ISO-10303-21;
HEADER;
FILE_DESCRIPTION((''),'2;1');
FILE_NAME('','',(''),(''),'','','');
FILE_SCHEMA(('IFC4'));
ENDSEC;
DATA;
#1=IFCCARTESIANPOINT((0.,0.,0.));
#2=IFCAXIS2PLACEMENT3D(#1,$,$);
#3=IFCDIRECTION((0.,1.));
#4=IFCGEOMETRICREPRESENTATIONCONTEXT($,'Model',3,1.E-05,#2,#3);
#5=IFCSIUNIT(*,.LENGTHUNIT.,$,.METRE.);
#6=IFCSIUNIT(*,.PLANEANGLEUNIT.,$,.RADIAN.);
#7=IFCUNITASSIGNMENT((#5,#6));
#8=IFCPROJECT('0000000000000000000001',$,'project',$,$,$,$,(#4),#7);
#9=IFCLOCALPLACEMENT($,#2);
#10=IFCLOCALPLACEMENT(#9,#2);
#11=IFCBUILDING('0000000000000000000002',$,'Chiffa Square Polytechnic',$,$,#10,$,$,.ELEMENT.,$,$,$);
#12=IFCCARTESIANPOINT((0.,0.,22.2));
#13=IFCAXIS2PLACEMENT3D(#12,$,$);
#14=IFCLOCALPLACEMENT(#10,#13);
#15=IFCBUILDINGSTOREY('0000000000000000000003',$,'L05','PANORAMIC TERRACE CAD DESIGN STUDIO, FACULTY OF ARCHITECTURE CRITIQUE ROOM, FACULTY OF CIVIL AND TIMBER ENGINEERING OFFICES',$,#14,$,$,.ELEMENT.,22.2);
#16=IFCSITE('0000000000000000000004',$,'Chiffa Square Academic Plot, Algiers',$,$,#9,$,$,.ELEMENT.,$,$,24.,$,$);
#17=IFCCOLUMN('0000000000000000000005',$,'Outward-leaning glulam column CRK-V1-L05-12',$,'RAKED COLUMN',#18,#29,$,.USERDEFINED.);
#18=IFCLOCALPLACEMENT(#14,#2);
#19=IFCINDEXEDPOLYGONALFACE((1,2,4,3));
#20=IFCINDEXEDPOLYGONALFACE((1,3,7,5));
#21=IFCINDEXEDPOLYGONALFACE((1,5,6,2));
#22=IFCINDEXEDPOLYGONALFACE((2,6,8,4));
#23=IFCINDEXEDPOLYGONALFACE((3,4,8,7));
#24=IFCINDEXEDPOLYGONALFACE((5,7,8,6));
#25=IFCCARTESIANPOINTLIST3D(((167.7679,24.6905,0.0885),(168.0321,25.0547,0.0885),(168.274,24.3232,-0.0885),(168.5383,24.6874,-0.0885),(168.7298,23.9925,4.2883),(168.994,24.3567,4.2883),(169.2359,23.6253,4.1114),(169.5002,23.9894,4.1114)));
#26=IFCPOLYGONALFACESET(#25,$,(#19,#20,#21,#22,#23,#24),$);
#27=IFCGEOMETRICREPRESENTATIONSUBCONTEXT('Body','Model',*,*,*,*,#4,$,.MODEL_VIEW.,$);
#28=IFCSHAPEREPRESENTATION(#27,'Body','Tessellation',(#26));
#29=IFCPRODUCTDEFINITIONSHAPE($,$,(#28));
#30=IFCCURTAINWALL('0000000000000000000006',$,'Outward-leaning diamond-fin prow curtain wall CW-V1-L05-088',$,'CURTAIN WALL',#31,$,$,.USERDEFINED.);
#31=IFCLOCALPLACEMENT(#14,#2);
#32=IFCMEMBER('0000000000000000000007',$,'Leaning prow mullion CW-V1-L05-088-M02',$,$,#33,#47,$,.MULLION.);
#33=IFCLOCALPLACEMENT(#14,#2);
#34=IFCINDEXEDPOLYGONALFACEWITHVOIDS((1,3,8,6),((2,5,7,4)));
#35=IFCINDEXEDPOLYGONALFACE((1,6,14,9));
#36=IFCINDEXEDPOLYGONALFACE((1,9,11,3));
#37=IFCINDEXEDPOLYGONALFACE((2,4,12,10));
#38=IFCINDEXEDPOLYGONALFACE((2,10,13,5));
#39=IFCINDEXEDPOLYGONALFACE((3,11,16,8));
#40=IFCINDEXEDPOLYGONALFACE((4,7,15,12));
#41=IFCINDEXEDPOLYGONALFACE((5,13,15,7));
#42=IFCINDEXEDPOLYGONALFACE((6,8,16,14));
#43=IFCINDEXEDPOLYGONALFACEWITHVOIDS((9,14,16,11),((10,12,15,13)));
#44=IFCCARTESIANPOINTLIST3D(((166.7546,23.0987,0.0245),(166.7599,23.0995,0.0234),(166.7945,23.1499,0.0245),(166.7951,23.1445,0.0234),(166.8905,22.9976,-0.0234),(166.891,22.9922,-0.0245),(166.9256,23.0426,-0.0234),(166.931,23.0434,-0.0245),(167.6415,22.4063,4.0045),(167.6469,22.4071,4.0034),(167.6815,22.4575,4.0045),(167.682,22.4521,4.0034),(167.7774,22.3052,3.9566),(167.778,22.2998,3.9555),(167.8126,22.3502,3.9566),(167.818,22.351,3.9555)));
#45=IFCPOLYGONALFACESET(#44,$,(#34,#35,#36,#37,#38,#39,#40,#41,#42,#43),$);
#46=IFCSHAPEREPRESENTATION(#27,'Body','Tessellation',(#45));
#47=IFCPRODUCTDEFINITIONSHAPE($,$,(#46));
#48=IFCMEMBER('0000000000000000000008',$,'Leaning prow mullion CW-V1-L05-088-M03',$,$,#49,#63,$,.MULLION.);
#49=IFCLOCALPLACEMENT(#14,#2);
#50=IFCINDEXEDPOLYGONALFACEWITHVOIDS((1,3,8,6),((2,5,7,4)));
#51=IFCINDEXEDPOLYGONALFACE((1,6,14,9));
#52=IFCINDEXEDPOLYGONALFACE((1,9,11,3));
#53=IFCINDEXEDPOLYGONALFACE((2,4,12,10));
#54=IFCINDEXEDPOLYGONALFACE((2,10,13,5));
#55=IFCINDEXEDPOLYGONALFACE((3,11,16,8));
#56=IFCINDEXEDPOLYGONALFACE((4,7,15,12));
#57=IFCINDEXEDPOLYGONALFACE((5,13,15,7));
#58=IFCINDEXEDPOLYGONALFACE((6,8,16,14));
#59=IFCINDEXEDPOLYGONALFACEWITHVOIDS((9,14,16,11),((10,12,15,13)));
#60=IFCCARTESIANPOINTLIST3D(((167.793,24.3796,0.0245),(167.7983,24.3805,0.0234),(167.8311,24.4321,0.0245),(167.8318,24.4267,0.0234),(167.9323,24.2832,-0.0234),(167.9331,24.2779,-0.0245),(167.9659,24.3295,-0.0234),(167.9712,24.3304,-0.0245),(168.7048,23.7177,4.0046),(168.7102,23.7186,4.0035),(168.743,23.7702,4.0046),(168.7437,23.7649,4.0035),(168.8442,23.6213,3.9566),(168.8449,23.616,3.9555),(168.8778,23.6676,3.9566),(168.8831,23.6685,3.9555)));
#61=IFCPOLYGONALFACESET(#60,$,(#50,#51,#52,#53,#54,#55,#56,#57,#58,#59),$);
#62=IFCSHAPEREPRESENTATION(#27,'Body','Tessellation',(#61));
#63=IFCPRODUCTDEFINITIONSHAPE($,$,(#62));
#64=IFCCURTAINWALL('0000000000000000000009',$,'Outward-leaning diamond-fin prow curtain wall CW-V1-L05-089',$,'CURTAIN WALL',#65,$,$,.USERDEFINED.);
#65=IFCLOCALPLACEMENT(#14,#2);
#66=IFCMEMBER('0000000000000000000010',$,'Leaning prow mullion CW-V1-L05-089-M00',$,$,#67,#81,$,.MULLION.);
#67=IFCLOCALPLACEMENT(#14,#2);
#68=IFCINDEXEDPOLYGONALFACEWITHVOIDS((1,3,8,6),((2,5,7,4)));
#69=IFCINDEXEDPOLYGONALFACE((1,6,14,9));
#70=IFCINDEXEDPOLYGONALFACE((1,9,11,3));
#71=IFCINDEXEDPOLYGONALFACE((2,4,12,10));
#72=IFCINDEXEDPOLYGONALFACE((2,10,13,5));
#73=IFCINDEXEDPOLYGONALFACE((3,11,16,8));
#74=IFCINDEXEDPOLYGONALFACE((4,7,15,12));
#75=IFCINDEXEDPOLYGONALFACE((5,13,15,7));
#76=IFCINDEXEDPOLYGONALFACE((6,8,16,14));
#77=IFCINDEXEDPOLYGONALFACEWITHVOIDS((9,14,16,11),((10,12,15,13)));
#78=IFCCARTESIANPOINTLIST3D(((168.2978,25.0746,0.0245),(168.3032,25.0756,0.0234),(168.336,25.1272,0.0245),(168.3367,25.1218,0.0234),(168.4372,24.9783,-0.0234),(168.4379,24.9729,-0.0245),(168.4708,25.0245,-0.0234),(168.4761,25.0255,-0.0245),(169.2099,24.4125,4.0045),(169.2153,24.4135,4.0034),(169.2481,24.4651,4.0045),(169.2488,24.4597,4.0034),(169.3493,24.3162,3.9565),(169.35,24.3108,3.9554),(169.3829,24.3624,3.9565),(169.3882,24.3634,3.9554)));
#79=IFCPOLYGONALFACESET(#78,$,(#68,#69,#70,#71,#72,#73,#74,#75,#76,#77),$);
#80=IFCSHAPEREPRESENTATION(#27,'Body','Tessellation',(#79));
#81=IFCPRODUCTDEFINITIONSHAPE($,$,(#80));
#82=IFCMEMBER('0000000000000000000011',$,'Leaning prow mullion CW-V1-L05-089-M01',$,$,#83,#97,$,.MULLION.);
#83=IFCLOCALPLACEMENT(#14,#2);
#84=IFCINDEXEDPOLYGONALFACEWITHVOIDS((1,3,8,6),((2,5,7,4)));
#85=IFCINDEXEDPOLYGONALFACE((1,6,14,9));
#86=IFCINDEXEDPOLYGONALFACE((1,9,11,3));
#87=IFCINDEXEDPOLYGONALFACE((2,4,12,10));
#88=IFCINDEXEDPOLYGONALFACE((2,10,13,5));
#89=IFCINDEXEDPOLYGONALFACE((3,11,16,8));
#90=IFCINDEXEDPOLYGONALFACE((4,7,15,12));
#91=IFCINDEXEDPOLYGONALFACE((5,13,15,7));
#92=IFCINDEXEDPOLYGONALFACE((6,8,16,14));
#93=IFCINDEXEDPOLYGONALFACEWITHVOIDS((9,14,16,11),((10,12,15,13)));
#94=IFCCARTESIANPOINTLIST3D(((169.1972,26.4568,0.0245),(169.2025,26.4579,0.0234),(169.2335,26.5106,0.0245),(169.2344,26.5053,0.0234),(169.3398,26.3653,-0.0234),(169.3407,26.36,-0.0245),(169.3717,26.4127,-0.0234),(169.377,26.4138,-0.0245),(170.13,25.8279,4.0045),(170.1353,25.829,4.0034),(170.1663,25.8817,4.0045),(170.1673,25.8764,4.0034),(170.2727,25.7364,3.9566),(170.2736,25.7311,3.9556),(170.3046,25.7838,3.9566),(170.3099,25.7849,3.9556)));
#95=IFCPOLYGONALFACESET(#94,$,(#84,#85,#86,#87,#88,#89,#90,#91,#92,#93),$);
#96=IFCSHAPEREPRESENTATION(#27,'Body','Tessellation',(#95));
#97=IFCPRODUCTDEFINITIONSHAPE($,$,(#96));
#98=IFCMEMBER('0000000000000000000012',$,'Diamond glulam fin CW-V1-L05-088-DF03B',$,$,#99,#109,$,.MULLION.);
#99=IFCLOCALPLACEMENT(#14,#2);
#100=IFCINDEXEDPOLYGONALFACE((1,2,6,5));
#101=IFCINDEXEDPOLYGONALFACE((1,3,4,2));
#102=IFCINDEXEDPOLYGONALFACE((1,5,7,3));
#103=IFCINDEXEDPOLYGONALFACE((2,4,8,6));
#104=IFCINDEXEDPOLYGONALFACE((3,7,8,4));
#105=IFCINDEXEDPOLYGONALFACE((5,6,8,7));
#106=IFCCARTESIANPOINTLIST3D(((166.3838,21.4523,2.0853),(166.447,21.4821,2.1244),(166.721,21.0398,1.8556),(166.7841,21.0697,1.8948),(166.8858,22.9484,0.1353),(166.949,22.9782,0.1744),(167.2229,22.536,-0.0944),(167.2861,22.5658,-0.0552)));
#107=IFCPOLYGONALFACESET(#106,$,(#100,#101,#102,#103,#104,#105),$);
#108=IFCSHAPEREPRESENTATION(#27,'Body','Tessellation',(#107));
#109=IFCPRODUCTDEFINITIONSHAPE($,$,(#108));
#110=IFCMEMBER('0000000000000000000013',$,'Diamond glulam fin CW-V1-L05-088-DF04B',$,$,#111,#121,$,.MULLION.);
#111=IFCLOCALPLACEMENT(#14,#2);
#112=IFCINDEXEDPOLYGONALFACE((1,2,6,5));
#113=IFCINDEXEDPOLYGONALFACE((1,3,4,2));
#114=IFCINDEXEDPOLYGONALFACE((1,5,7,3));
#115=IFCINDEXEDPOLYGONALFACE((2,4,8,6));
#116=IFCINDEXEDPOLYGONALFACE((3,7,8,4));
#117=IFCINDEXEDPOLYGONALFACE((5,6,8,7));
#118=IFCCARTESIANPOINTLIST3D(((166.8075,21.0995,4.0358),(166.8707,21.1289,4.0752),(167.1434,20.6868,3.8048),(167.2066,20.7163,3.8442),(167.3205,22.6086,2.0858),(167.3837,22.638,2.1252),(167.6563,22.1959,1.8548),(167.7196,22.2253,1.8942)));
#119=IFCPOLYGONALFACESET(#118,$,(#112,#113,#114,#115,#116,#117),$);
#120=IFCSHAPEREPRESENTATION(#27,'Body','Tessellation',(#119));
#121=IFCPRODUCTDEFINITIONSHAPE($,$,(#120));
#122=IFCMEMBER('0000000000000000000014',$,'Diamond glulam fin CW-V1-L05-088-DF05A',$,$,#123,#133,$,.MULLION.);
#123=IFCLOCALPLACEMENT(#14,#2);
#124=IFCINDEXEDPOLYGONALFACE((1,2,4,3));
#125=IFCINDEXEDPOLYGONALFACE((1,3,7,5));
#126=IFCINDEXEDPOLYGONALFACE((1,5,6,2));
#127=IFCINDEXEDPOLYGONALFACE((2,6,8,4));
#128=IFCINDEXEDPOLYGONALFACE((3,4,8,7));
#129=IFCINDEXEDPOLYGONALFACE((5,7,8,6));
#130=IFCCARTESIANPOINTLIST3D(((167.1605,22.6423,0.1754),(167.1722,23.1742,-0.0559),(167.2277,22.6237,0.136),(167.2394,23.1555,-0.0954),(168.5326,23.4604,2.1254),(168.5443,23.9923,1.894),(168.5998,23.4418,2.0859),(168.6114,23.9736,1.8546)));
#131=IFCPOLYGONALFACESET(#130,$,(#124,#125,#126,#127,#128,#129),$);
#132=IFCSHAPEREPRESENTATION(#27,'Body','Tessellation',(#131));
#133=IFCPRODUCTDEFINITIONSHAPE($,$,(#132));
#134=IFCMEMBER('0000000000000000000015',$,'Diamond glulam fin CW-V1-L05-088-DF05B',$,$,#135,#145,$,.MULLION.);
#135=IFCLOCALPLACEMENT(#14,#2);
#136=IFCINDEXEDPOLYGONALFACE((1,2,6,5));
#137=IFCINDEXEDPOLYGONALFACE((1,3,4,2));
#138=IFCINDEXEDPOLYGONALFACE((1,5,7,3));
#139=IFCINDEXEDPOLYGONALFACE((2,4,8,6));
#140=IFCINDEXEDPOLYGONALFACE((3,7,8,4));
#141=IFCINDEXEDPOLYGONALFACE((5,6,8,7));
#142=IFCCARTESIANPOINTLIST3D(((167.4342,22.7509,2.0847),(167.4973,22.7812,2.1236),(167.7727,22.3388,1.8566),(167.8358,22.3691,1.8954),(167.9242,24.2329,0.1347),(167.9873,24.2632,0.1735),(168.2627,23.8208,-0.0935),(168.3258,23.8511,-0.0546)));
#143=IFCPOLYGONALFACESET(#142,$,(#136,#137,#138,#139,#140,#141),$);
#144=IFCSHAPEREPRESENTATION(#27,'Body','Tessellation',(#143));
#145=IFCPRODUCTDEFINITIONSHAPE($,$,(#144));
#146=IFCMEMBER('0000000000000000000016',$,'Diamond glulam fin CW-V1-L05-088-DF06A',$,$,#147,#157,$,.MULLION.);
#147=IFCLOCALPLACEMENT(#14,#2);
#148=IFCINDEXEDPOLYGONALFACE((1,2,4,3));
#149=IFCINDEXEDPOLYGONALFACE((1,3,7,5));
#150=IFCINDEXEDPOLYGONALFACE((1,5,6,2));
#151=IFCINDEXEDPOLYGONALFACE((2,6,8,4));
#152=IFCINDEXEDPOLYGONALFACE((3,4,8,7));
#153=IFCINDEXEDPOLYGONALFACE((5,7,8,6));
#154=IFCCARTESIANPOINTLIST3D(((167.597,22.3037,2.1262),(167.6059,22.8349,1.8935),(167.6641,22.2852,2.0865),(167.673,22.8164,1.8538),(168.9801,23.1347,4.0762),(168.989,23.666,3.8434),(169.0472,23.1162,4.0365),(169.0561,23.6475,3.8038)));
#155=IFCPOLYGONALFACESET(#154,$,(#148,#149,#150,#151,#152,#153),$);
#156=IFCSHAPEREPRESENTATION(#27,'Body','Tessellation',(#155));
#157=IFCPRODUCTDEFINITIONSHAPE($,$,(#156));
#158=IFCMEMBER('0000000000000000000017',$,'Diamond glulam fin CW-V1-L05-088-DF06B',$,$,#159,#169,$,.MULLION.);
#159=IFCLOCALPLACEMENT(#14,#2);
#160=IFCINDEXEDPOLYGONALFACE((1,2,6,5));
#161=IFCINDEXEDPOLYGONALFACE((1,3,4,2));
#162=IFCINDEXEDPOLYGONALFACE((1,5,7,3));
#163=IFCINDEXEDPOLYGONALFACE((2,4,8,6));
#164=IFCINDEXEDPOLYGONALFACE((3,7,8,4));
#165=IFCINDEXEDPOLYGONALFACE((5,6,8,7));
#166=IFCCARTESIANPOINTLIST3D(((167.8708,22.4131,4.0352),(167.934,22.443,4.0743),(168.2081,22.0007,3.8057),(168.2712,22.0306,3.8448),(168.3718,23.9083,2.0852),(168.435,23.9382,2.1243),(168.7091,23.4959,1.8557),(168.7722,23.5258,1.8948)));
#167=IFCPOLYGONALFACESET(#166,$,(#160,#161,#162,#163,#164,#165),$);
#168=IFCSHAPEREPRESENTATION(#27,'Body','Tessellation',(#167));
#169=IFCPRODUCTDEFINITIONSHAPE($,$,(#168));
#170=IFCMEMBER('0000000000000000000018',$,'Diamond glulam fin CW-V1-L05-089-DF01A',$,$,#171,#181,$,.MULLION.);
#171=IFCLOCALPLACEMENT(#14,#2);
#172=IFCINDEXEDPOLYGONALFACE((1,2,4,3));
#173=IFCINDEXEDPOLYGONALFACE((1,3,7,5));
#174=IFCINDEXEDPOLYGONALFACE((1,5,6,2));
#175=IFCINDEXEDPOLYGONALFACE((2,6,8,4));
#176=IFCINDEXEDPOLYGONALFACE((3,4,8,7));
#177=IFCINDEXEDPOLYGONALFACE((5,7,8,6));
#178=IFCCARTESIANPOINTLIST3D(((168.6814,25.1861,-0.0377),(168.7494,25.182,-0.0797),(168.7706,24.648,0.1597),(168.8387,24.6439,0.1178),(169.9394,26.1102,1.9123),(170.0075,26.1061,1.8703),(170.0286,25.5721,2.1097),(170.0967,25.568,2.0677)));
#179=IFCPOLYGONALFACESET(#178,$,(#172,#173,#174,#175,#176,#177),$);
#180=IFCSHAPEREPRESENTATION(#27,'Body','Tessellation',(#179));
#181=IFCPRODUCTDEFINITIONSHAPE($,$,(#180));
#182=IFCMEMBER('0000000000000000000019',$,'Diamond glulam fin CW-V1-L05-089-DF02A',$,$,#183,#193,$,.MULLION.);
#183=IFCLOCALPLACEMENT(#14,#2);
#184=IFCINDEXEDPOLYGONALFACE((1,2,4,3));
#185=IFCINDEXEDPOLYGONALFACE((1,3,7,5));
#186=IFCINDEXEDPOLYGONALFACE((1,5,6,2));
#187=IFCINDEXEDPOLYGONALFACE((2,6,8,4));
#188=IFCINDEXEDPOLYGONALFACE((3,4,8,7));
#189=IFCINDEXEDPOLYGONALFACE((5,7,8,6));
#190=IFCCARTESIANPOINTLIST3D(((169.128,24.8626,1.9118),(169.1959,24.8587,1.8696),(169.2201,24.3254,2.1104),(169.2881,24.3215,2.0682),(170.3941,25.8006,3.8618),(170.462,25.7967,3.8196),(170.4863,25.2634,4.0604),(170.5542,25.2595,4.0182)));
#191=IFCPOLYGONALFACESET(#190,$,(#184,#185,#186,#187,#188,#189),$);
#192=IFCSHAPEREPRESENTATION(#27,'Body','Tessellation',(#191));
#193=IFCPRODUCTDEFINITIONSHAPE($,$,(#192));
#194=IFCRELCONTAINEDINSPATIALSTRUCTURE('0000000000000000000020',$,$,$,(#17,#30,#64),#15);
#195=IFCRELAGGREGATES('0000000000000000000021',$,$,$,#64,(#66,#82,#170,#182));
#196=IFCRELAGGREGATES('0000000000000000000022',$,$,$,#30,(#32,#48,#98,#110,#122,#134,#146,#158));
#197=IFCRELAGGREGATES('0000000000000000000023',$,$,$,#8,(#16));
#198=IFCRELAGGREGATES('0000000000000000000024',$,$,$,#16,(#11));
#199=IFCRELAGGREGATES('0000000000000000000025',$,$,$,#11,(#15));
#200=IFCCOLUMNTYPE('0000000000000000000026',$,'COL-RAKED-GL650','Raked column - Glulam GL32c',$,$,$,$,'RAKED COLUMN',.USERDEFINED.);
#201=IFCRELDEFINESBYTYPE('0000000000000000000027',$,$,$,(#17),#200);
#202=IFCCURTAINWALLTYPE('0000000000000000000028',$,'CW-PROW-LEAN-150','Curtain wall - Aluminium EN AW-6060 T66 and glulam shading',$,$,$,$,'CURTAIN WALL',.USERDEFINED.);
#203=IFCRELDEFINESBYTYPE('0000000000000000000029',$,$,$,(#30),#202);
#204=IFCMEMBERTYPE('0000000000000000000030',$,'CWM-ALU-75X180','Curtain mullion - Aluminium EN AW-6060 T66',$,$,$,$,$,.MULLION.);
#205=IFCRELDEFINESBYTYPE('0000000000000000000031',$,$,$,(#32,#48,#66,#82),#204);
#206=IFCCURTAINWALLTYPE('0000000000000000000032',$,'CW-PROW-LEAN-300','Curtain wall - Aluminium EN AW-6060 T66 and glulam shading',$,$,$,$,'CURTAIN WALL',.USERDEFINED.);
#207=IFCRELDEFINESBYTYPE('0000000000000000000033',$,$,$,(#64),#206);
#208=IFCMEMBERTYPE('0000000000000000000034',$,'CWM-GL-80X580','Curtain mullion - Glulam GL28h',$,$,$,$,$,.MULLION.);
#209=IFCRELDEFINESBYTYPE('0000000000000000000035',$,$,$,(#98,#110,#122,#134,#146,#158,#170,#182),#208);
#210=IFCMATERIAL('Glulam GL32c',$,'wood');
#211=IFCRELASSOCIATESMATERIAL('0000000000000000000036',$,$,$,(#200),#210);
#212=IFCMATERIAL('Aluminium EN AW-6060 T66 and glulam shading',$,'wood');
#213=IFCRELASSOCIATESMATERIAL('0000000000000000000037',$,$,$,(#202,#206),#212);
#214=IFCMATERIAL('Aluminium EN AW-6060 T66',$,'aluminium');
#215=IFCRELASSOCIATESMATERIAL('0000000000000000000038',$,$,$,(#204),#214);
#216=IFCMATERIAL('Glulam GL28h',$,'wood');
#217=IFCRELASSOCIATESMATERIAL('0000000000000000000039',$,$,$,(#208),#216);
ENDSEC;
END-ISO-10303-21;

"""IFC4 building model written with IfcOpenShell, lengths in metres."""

from ifc_helpers import new_model, si_unit, direction, frame, origin, origin_2d, place, context, subcontext, project, spatial, rectangle, hollow_rectangle, extrude, material, material_profile, profile_set, type_object, element, aggregate, save


model = new_model("IFC4")

# Units and contexts
model_context = context("Model", 3, precision=1e-05, world=origin(), true_north=direction((0.0, 1.0)))
body_context = subcontext(model_context, "Body", "Model", "MODEL_VIEW")
ifc_project = project(units=[si_unit("LENGTHUNIT", "METRE"), si_unit("PLANEANGLEUNIT", "RADIAN")], contexts=[model_context])

# Site, building, storey
site_placement = place(None, origin())
site = spatial("IfcSite", under=ifc_project, at=site_placement, Name="Chiffa Square Academic Plot, Algiers", CompositionType="ELEMENT", RefElevation=24.0)
building_placement = place(site_placement, origin())
building = spatial("IfcBuilding", under=site, at=building_placement, Name="Chiffa Square Polytechnic", CompositionType="ELEMENT")
storey_placement = place(building_placement, frame((0.0, 0.0, 22.2)))
storey = spatial("IfcBuildingStorey", under=building, at=storey_placement, Name="L05", Description="PANORAMIC TERRACE CAD DESIGN STUDIO, FACULTY OF ARCHITECTURE CRITIQUE ROOM, FACULTY OF CIVIL AND TIMBER ENGINEERING OFFICES", CompositionType="ELEMENT", Elevation=22.2)

# Column
ifc_material_1 = material(Name="Glulam GL32c", Category="wood")
ifc_material_profile_1 = material_profile(ifc_material_1, rectangle(XDim=0.45, YDim=0.6499, at=origin_2d()), Name="GL32c 450x650")
ifc_profile_set_1 = profile_set([ifc_material_profile_1], Name="Glulam GL32c")
column_type = type_object("IfcColumnType", Name="COL-RAKED-GL650", Description="Raked column - Glulam GL32c", ElementType="RAKED COLUMN", PredefinedType="USERDEFINED", material=ifc_profile_set_1)
column_placement = place(storey_placement, frame((168.1531, 24.689, 0.0), z_axis=(0.220376, -0.159913, 0.962217), x_axis=(0.587304, 0.809366, 0.0)))
element("IfcColumn", 1, at=column_placement, inside=storey, type_object=column_type, Name="Outward-leaning glulam column CRK-V1-L05-12", ObjectType="RAKED COLUMN", PredefinedType="USERDEFINED", context=body_context, shape_type="SweptSolid", body=[
    extrude(rectangle(XDim=0.45, YDim=0.6499, at=origin_2d()), origin(), (0.0, 0.0, 1.0), 4.3647),
])

# Curtain walls, members
ifc_material_2 = material(Name="Aluminium EN AW-6060 T66 and glulam shading", Category="wood")
curtain_wall_type_1 = type_object("IfcCurtainWallType", Name="CW-PROW-LEAN-150", Description="Curtain wall - Aluminium EN AW-6060 T66 and glulam shading", ElementType="CURTAIN WALL", PredefinedType="USERDEFINED", material=ifc_material_2)
curtain_wall_1_placement = place(storey_placement, origin())
curtain_wall_1 = element("IfcCurtainWall", 2, at=curtain_wall_1_placement, inside=storey, type_object=curtain_wall_type_1, Name="Outward-leaning diamond-fin prow curtain wall CW-V1-L05-088", ObjectType="CURTAIN WALL", PredefinedType="USERDEFINED")
ifc_material_3 = material(Name="Aluminium EN AW-6060 T66", Category="aluminium")
ifc_material_profile_2 = material_profile(ifc_material_3, hollow_rectangle(XDim=0.0649, YDim=0.1799, WallThickness=0.0039, at=origin_2d()), Name="ALU 65x180x4")
ifc_profile_set_2 = profile_set([ifc_material_profile_2], Name="Aluminium EN AW-6060 T66")
member_type_1 = type_object("IfcMemberType", Name="CWM-ALU-75X180", Description="Curtain mullion - Aluminium EN AW-6060 T66", PredefinedType="MULLION", material=ifc_profile_set_2)
member_1_placement = place(storey_placement, frame((166.8428, 23.071, 0.0), z_axis=(0.21445, -0.167405, 0.962282), x_axis=(0.615337, 0.788264, 0.0)))
member_1 = element("IfcMember", 3, at=member_1_placement, type_object=member_type_1, Name="Leaning prow mullion CW-V1-L05-088-M02", PredefinedType="MULLION", context=body_context, shape_type="SweptSolid", body=[
    extrude(hollow_rectangle(XDim=0.0649, YDim=0.1799, WallThickness=0.0039, at=origin_2d()), origin(), (0.0, 0.0, 1.0), 4.136),
])
member_2_placement = place(storey_placement, frame((167.8821, 24.355, 0.0), z_axis=(0.220449, -0.16001, 0.962185), x_axis=(0.587411, 0.809289, 0.0)))
member_2 = element("IfcMember", 4, at=member_2_placement, type_object=member_type_1, Name="Leaning prow mullion CW-V1-L05-088-M03", PredefinedType="MULLION", context=body_context, shape_type="SweptSolid", body=[
    extrude(hollow_rectangle(XDim=0.0649, YDim=0.1799, WallThickness=0.0039, at=origin_2d()), origin(), (0.0, 0.0, 1.0), 4.1365),
])
curtain_wall_type_2 = type_object("IfcCurtainWallType", Name="CW-PROW-LEAN-300", Description="Curtain wall - Aluminium EN AW-6060 T66 and glulam shading", ElementType="CURTAIN WALL", PredefinedType="USERDEFINED", material=ifc_material_2)
curtain_wall_2_placement = place(storey_placement, origin())
curtain_wall_2 = element("IfcCurtainWall", 5, at=curtain_wall_2_placement, inside=storey, type_object=curtain_wall_type_2, Name="Outward-leaning diamond-fin prow curtain wall CW-V1-L05-089", ObjectType="CURTAIN WALL", PredefinedType="USERDEFINED")
member_3_placement = place(storey_placement, frame((168.387, 25.05, 0.0), z_axis=(0.220503, -0.160065, 0.962163), x_axis=(0.58745, 0.80926, 0.0)))
member_3 = element("IfcMember", 6, at=member_3_placement, type_object=member_type_1, Name="Leaning prow mullion CW-V1-L05-089-M00", PredefinedType="MULLION", context=body_context, shape_type="SweptSolid", body=[
    extrude(hollow_rectangle(XDim=0.0649, YDim=0.1799, WallThickness=0.0039, at=origin_2d()), origin(), (0.0, 0.0, 1.0), 4.1365),
])
member_4_placement = place(storey_placement, frame((169.2871, 26.4353, 0.0), z_axis=(0.22555, -0.152059, 0.962292), x_axis=(0.558999, 0.829168, 0.0)))
member_4 = element("IfcMember", 7, at=member_4_placement, type_object=member_type_1, Name="Leaning prow mullion CW-V1-L05-089-M01", PredefinedType="MULLION", context=body_context, shape_type="SweptSolid", body=[
    extrude(hollow_rectangle(XDim=0.0649, YDim=0.1799, WallThickness=0.0039, at=origin_2d()), origin(), (0.0, 0.0, 1.0), 4.136),
])

# Members
ifc_material_4 = material(Name="Glulam GL28h", Category="wood")
ifc_material_profile_3 = material_profile(ifc_material_4, rectangle(XDim=0.0801, YDim=0.5801, at=origin_2d()), Name="GL28h 80x580")
ifc_profile_set_3 = profile_set([ifc_material_profile_3], Name="Glulam GL28h")
member_type_2 = type_object("IfcMemberType", Name="CWM-GL-80X580", Description="Curtain mullion - Glulam GL28h", PredefinedType="MULLION", material=ifc_profile_set_3)
member_5_placement = place(storey_placement, frame((167.0859, 22.7571, 0.04), z_axis=(-0.200101, -0.59641, 0.777338), x_axis=(0.788791, 0.372553, 0.488889)))
member_5 = element("IfcMember", 8, at=member_5_placement, type_object=member_type_2, Name="Diamond glulam fin CW-V1-L05-088-DF03B", PredefinedType="MULLION", context=body_context, shape_type="SweptSolid", body=[
    extrude(rectangle(XDim=0.0801, YDim=0.5801, at=origin_2d()), origin(), (0.0, 0.0, 1.0), 2.5085),
])
member_6_placement = place(storey_placement, frame((167.52, 22.417, 1.99), z_axis=(-0.203673, -0.599191, 0.774266), x_axis=(0.789489, 0.367172, 0.491825)))
member_6 = element("IfcMember", 9, at=member_6_placement, type_object=member_type_2, Name="Diamond glulam fin CW-V1-L05-088-DF04B", PredefinedType="MULLION", context=body_context, shape_type="SweptSolid", body=[
    extrude(rectangle(XDim=0.0801, YDim=0.5801, at=origin_2d()), origin(), (0.0, 0.0, 1.0), 2.5186),
])
member_7_placement = place(storey_placement, frame((167.2, 22.8989, 0.04), z_axis=(0.54431, 0.324552, 0.773559), x_axis=(-0.838643, 0.232648, 0.492496)))
member_7 = element("IfcMember", 10, at=member_7_placement, type_object=member_type_2, Name="Diamond glulam fin CW-V1-L05-088-DF05A", PredefinedType="MULLION", context=body_context, shape_type="SweptSolid", body=[
    extrude(rectangle(XDim=0.0801, YDim=0.5801, at=origin_2d()), origin(), (0.0, 0.0, 1.0), 2.5208),
])
member_8_placement = place(storey_placement, frame((168.125, 24.042, 0.04), z_axis=(-0.196176, -0.593318, 0.780697), x_axis=(0.787971, 0.378483, 0.485646)))
member_8 = element("IfcMember", 11, at=member_8_placement, type_object=member_type_2, Name="Diamond glulam fin CW-V1-L05-088-DF05B", PredefinedType="MULLION", context=body_context, shape_type="SweptSolid", body=[
    extrude(rectangle(XDim=0.0801, YDim=0.5801, at=origin_2d()), origin(), (0.0, 0.0, 1.0), 2.4978),
])
member_9_placement = place(storey_placement, frame((167.635, 22.5601, 1.99), z_axis=(0.546453, 0.328354, 0.770436), x_axis=(-0.837349, 0.231045, 0.495444)))
member_9 = element("IfcMember", 12, at=member_9_placement, type_object=member_type_2, Name="Diamond glulam fin CW-V1-L05-088-DF06A", PredefinedType="MULLION", context=body_context, shape_type="SweptSolid", body=[
    extrude(rectangle(XDim=0.0801, YDim=0.5801, at=origin_2d()), origin(), (0.0, 0.0, 1.0), 2.531),
])
member_10_placement = place(storey_placement, frame((168.572, 23.717, 1.99), z_axis=(-0.199774, -0.596206, 0.777579), x_axis=(0.788705, 0.373038, 0.488658)))
member_10 = element("IfcMember", 13, at=member_10_placement, type_object=member_type_2, Name="Diamond glulam fin CW-V1-L05-088-DF06B", PredefinedType="MULLION", context=body_context, shape_type="SweptSolid", body=[
    extrude(rectangle(XDim=0.0801, YDim=0.5801, at=origin_2d()), origin(), (0.0, 0.0, 1.0), 2.5078),
])
member_11_placement = place(storey_placement, frame((168.76, 24.915, 0.04), z_axis=(0.503669, 0.369957, 0.780672), x_axis=(-0.850095, 0.05136, 0.524119)))
member_11 = element("IfcMember", 14, at=member_11_placement, type_object=member_type_2, Name="Diamond glulam fin CW-V1-L05-089-DF01A", PredefinedType="MULLION", context=body_context, shape_type="SweptSolid", body=[
    extrude(rectangle(XDim=0.0801, YDim=0.5801, at=origin_2d()), origin(), (0.0, 0.0, 1.0), 2.4978),
])
member_12_placement = place(storey_placement, frame((169.208, 24.592, 1.99), z_axis=(0.505026, 0.374144, 0.777795), x_axis=(-0.848359, 0.049319, 0.52712)))
member_12 = element("IfcMember", 15, at=member_12_placement, type_object=member_type_2, Name="Diamond glulam fin CW-V1-L05-089-DF02A", PredefinedType="MULLION", context=body_context, shape_type="SweptSolid", body=[
    extrude(rectangle(XDim=0.0801, YDim=0.5801, at=origin_2d()), origin(), (0.0, 0.0, 1.0), 2.5071),
])

aggregate(curtain_wall_2, [member_3, member_4, member_11, member_12])
aggregate(curtain_wall_1, [member_1, member_2, member_5, member_6, member_7, member_8, member_9, member_10])

save(model, "model.ifc")
